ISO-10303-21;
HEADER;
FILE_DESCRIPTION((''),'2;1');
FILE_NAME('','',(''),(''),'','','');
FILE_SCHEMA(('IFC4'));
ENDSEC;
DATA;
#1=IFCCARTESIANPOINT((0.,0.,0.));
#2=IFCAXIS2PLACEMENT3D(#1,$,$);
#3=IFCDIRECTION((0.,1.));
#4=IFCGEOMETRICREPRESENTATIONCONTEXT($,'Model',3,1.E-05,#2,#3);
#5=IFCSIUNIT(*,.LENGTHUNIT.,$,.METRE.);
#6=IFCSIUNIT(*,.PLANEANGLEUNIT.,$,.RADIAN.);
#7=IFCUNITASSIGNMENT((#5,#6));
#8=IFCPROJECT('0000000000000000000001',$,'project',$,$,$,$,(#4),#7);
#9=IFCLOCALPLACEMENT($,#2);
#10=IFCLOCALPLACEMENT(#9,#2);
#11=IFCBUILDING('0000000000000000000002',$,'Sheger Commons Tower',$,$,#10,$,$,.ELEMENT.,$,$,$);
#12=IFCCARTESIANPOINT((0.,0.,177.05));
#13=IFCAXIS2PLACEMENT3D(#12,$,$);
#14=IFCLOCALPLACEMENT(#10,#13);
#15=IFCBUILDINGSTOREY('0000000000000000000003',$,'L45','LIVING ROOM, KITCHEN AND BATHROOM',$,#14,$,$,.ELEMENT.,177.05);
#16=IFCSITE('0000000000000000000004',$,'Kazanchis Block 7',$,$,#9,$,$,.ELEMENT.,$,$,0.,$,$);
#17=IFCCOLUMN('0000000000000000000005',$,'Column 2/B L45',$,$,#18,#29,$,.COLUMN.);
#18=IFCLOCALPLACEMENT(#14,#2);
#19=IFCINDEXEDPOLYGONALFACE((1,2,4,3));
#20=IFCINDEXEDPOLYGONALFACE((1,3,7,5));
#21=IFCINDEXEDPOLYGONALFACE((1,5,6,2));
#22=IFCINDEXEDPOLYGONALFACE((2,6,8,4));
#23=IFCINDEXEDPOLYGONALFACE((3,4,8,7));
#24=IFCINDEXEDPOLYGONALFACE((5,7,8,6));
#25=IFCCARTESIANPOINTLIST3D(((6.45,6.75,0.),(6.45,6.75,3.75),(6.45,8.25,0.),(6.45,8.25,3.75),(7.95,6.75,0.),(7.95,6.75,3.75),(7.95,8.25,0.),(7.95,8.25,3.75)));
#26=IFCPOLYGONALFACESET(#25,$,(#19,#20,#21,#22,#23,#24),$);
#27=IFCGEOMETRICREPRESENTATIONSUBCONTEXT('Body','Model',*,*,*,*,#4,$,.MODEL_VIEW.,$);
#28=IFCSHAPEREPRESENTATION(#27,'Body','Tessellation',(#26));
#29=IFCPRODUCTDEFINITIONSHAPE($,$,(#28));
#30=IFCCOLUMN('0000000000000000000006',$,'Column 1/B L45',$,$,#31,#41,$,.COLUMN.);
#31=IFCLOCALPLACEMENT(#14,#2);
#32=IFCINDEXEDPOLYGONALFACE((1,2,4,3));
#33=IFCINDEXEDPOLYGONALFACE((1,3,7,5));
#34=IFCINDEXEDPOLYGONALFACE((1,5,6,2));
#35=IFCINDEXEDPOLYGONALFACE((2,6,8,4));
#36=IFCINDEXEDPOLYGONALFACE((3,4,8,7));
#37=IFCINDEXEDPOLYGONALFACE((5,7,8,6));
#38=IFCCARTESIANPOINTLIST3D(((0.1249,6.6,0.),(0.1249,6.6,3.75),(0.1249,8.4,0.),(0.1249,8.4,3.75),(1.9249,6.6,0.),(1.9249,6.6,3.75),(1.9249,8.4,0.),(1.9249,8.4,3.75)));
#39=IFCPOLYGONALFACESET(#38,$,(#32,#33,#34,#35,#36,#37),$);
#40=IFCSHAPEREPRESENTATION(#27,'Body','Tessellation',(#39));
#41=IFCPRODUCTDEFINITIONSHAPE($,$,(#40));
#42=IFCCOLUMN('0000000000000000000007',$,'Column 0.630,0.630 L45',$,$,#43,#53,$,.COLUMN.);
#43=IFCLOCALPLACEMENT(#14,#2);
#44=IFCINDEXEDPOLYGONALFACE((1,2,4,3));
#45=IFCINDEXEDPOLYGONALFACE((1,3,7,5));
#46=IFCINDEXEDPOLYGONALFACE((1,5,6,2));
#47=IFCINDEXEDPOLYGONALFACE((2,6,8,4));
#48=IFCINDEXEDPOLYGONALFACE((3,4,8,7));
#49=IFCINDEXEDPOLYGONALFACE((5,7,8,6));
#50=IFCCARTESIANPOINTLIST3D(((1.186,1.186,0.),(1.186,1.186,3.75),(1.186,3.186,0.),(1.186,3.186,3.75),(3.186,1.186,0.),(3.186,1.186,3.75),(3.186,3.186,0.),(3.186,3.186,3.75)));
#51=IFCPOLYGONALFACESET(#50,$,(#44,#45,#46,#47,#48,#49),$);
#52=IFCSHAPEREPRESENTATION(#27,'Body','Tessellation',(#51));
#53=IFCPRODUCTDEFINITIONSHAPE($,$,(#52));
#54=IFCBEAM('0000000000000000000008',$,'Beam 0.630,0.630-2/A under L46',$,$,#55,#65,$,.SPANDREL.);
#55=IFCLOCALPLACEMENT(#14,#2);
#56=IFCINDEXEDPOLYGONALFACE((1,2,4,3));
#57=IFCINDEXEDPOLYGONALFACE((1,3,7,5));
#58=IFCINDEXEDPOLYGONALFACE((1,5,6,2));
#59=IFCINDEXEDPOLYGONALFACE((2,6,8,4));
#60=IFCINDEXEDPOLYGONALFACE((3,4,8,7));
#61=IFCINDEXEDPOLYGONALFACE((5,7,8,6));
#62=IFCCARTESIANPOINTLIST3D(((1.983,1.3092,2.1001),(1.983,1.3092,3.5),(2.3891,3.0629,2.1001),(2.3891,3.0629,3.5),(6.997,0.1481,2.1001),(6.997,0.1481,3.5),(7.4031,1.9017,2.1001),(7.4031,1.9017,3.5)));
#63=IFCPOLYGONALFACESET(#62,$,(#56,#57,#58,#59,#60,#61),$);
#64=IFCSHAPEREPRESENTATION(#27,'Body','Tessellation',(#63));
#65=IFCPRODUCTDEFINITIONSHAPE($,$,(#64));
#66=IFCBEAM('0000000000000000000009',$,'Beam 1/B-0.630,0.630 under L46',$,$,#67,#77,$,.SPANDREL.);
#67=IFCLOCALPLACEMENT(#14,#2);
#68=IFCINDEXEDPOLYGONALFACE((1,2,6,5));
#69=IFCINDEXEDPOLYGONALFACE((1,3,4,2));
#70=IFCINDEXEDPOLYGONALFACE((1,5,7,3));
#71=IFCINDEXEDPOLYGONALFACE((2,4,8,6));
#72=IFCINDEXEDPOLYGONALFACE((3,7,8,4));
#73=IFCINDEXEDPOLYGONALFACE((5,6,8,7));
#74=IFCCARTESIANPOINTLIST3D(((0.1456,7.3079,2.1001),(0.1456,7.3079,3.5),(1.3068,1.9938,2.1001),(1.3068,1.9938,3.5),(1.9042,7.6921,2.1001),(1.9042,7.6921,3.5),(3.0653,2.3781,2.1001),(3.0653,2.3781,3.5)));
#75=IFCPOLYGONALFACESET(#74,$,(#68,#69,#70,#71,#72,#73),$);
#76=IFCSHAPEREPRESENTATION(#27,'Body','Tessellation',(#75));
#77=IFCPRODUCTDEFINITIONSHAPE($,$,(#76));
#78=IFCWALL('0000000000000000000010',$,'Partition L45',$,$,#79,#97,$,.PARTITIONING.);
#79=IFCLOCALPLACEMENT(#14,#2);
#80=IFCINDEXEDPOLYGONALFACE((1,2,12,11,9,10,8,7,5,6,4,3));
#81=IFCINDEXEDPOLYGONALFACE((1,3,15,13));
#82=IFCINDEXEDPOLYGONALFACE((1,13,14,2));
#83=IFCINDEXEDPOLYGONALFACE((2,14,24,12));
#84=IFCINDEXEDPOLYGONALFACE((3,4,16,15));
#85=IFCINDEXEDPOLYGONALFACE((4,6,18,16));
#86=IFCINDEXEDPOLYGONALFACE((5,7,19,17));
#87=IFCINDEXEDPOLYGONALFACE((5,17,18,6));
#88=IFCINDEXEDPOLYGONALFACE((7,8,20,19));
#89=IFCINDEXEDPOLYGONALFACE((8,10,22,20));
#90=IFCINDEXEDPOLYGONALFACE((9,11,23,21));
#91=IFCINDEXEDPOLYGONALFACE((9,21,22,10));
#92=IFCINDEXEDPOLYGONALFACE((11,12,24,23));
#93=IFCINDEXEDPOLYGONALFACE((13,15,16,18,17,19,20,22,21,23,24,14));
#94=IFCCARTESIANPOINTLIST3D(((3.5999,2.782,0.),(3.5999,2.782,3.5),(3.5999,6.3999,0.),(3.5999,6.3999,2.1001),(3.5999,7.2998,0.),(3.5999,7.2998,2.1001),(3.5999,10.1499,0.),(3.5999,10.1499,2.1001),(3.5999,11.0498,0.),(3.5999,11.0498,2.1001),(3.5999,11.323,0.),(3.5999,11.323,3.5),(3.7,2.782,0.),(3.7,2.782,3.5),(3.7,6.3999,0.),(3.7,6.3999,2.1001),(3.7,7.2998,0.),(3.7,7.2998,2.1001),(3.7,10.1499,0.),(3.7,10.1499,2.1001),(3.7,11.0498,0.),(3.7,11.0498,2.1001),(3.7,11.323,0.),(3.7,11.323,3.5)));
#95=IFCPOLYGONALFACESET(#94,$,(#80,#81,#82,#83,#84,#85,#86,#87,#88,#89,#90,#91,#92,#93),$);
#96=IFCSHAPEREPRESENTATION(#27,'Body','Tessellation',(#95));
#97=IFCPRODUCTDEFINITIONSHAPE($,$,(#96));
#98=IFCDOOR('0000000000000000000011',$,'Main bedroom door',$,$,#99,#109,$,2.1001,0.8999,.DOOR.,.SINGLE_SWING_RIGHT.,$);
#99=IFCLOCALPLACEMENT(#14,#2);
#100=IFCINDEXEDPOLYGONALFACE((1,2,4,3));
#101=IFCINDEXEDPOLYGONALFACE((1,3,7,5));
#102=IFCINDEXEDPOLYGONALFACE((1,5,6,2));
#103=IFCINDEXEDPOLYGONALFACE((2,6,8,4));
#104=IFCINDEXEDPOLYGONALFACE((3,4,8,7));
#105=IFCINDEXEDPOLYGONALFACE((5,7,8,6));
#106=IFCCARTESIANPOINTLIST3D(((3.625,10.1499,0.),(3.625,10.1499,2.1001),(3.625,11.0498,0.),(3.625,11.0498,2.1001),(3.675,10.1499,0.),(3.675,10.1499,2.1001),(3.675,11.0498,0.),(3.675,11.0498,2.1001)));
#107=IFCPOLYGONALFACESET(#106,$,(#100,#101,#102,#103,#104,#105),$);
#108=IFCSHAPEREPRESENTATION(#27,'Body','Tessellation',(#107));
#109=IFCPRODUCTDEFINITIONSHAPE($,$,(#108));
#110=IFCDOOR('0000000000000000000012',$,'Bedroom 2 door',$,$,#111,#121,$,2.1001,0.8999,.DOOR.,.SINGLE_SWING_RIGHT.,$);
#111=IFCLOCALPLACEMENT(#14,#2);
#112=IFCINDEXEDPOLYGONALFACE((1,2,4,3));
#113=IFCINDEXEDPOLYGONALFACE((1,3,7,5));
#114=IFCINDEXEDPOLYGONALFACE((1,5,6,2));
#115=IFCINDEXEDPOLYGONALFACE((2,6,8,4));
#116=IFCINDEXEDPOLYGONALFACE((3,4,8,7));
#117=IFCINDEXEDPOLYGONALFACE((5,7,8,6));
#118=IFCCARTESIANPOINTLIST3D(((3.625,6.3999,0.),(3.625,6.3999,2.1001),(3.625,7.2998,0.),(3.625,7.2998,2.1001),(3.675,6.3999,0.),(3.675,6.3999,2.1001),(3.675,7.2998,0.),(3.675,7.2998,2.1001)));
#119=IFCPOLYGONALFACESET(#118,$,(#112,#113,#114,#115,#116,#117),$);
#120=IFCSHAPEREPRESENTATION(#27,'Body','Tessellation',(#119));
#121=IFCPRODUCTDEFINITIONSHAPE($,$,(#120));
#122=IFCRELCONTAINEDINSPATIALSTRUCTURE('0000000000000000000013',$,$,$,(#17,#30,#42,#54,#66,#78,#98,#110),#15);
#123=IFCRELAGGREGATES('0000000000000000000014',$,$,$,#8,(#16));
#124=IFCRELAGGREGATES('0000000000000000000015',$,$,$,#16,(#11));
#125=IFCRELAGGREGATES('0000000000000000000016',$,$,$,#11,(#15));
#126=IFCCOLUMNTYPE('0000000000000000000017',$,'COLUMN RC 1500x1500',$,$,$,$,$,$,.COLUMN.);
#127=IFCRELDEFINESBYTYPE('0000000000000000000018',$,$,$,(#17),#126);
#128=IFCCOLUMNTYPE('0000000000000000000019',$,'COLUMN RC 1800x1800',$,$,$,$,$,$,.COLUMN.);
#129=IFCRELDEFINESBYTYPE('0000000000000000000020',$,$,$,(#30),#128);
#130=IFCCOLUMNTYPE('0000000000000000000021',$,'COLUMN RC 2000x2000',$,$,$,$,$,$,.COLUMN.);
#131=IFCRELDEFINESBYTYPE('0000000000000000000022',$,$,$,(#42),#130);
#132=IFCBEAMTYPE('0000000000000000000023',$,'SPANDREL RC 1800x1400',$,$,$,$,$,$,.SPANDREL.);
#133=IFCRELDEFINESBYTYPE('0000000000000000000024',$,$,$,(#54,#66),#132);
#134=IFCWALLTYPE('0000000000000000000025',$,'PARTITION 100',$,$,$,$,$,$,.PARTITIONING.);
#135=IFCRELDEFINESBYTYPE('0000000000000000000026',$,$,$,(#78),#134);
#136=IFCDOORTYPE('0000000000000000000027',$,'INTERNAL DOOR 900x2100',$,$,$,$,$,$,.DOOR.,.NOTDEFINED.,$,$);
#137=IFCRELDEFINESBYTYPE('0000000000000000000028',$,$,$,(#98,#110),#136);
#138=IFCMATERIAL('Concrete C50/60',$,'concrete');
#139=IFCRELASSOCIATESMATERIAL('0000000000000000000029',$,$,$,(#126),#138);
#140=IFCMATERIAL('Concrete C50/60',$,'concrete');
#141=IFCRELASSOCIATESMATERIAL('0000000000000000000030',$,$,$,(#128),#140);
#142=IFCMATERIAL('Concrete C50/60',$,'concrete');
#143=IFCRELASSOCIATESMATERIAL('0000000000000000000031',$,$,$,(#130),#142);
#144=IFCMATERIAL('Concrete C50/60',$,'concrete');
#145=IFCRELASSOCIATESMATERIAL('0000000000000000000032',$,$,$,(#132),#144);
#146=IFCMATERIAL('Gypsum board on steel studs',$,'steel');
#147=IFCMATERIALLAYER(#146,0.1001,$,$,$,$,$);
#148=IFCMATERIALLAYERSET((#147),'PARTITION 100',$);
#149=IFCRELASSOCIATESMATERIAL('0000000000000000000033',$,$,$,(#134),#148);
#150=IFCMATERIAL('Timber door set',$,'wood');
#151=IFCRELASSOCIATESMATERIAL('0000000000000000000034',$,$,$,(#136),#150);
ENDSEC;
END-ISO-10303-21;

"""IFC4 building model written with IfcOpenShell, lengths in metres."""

from ifc_helpers import new_model, si_unit, direction, frame, frame_2d, origin, origin_2d, place, context, subcontext, project, spatial, rectangle, extrude, material, layer, layer_set, material_profile, profile_set, type_object, element, fill, save


model = new_model("IFC4")

# Units and contexts
model_context = context("Model", 3, precision=1e-05, world=origin(), true_north=direction((0.0, 1.0)))
body_context = subcontext(model_context, "Body", "Model", "MODEL_VIEW")
ifc_project = project(units=[si_unit("LENGTHUNIT", "METRE"), si_unit("PLANEANGLEUNIT", "RADIAN")], contexts=[model_context])

# Site, building, storey
site_placement = place(None, origin())
site = spatial("IfcSite", under=ifc_project, at=site_placement, Name="Kazanchis Block 7", CompositionType="ELEMENT", RefElevation=0.0)
building_placement = place(site_placement, origin())
building = spatial("IfcBuilding", under=site, at=building_placement, Name="Sheger Commons Tower", CompositionType="ELEMENT")
storey_placement = place(building_placement, frame((0.0, 0.0, 177.05)))
storey = spatial("IfcBuildingStorey", under=building, at=storey_placement, Name="L45", Description="LIVING ROOM, KITCHEN AND BATHROOM", CompositionType="ELEMENT", Elevation=177.05)

# Columns
ifc_material_1 = material(Name="Concrete C50/60", Category="concrete")
ifc_material_profile_1 = material_profile(ifc_material_1, rectangle(XDim=1.5, YDim=1.5, at=origin_2d()), Name="RC 1500x1500")
ifc_profile_set_1 = profile_set([ifc_material_profile_1], Name="Concrete C50/60")
column_type_1 = type_object("IfcColumnType", Name="COLUMN RC 1500x1500", PredefinedType="COLUMN", material=ifc_profile_set_1)
column_1_placement = place(storey_placement, frame((7.2, 7.5, 0.0), z_axis=(0.0, 0.0, 1.0), x_axis=(1.0, 0.0, 0.0)))
element("IfcColumn", 1, at=column_1_placement, inside=storey, type_object=column_type_1, Name="Column 2/B L45", PredefinedType="COLUMN", context=body_context, shape_type="SweptSolid", body=[
    extrude(rectangle(XDim=1.5, YDim=1.5, at=origin_2d()), origin(), (0.0, 0.0, 1.0), 3.75),
])
ifc_material_2 = material(Name="Concrete C50/60", Category="concrete")
ifc_material_profile_2 = material_profile(ifc_material_2, rectangle(XDim=1.8, YDim=1.8, at=origin_2d()), Name="RC 1800x1800")
ifc_profile_set_2 = profile_set([ifc_material_profile_2], Name="Concrete C50/60")
column_type_2 = type_object("IfcColumnType", Name="COLUMN RC 1800x1800", PredefinedType="COLUMN", material=ifc_profile_set_2)
column_2_placement = place(storey_placement, frame((1.0249, 7.5, 0.0), z_axis=(0.0, 0.0, 1.0), x_axis=(1.0, 0.0, 0.0)))
element("IfcColumn", 2, at=column_2_placement, inside=storey, type_object=column_type_2, Name="Column 1/B L45", PredefinedType="COLUMN", context=body_context, shape_type="SweptSolid", body=[
    extrude(rectangle(XDim=1.8, YDim=1.8, at=origin_2d()), origin(), (0.0, 0.0, 1.0), 3.75),
])
ifc_material_3 = material(Name="Concrete C50/60", Category="concrete")
ifc_material_profile_3 = material_profile(ifc_material_3, rectangle(XDim=2.0, YDim=2.0, at=origin_2d()), Name="RC 2000x2000")
ifc_profile_set_3 = profile_set([ifc_material_profile_3], Name="Concrete C50/60")
column_type_3 = type_object("IfcColumnType", Name="COLUMN RC 2000x2000", PredefinedType="COLUMN", material=ifc_profile_set_3)
column_3_placement = place(storey_placement, frame((2.186, 2.186, 0.0), z_axis=(0.0, 0.0, 1.0), x_axis=(1.0, 0.0, 0.0)))
element("IfcColumn", 3, at=column_3_placement, inside=storey, type_object=column_type_3, Name="Column 0.630,0.630 L45", PredefinedType="COLUMN", context=body_context, shape_type="SweptSolid", body=[
    extrude(rectangle(XDim=2.0, YDim=2.0, at=origin_2d()), origin(), (0.0, 0.0, 1.0), 3.75),
])

# Beams
ifc_material_4 = material(Name="Concrete C50/60", Category="concrete")
ifc_material_profile_4 = material_profile(ifc_material_4, rectangle(XDim=1.8, YDim=1.3999, at=origin_2d()), Name="RC 1800x1400")
ifc_profile_set_4 = profile_set([ifc_material_profile_4], Name="Concrete C50/60")
beam_type = type_object("IfcBeamType", Name="SPANDREL RC 1800x1400", PredefinedType="SPANDREL", material=ifc_profile_set_4)
beam_1_placement = place(storey_placement, frame((2.186, 2.186, 2.8), z_axis=(0.974217, -0.225611, 0.0), x_axis=(0.225611, 0.974217, 0.0)))
element("IfcBeam", 4, at=beam_1_placement, inside=storey, type_object=beam_type, Name="Beam 0.630,0.630-2/A under L46", PredefinedType="SPANDREL", context=body_context, shape_type="SweptSolid", body=[
    extrude(rectangle(XDim=1.8, YDim=1.3999, at=origin_2d()), origin(), (0.0, 0.0, 1.0), 5.1467),
])
beam_2_placement = place(storey_placement, frame((1.0249, 7.5, 2.8), z_axis=(0.213469, -0.97695, 0.0), x_axis=(0.97695, 0.213469, 0.0)))
element("IfcBeam", 5, at=beam_2_placement, inside=storey, type_object=beam_type, Name="Beam 1/B-0.630,0.630 under L46", PredefinedType="SPANDREL", context=body_context, shape_type="SweptSolid", body=[
    extrude(rectangle(XDim=1.8, YDim=1.3999, at=origin_2d()), origin(), (0.0, 0.0, 1.0), 5.4395),
])

# Wall, openings, doors
ifc_material_5 = material(Name="Gypsum board on steel studs", Category="steel")
ifc_layer = layer(ifc_material_5, 0.1001)
ifc_layer_set = layer_set([ifc_layer], Name="PARTITION 100")
wall_type = type_object("IfcWallType", Name="PARTITION 100", PredefinedType="PARTITIONING", material=ifc_layer_set)
wall_1_placement = place(storey_placement, frame((3.6499, 2.782, 0.0), z_axis=(0.0, 0.0, 1.0), x_axis=(0.0, 1.0, 0.0)))
wall_1 = element("IfcWall", 6, at=wall_1_placement, inside=storey, type_object=wall_type, Name="Partition L45", PredefinedType="PARTITIONING", context=body_context, shape_type="SweptSolid", body=[
    extrude(rectangle(XDim=8.541, YDim=0.1001, at=frame_2d((4.2705, 0.0))), origin(), (0.0, 0.0, 1.0), 3.5),
])
opening_1_placement = place(wall_1_placement, frame((7.3679, 0.0, 0.0)))
opening_1 = element("IfcOpeningElement", 7, at=opening_1_placement, cuts=wall_1, PredefinedType="OPENING", context=body_context, shape_type="SweptSolid", body=[
    extrude(rectangle(XDim=0.8999, YDim=2.1001, at=frame_2d((0.45, 1.05))), frame((0.0, 0.0601, 0.0), z_axis=(0.0, -1.0, 0.0), x_axis=(1.0, 0.0, 0.0)), (0.0, 0.0, 1.0), 0.1201),
])
opening_2_placement = place(wall_1_placement, frame((3.6179, 0.0, 0.0)))
opening_2 = element("IfcOpeningElement", 8, at=opening_2_placement, cuts=wall_1, PredefinedType="OPENING", context=body_context, shape_type="SweptSolid", body=[
    extrude(rectangle(XDim=0.8999, YDim=2.1001, at=frame_2d((0.45, 1.05))), frame((0.0, 0.0601, 0.0), z_axis=(0.0, -1.0, 0.0), x_axis=(1.0, 0.0, 0.0)), (0.0, 0.0, 1.0), 0.1201),
])
ifc_material_6 = material(Name="Timber door set", Category="wood")
door_type = type_object("IfcDoorType", Name="INTERNAL DOOR 900x2100", OperationType="NOTDEFINED", PredefinedType="DOOR", material=ifc_material_6)
door_1_placement = place(opening_1_placement, origin())
door_1 = element("IfcDoor", 9, at=door_1_placement, inside=storey, type_object=door_type, Name="Main bedroom door", OperationType="SINGLE_SWING_RIGHT", OverallHeight=2.1001, OverallWidth=0.8999, PredefinedType="DOOR", context=body_context, shape_type="SweptSolid", body=[
    extrude(rectangle(XDim=0.8999, YDim=2.1001, at=frame_2d((0.45, 1.05))), frame((0.0, 0.0249, 0.0), z_axis=(0.0, -1.0, 0.0), x_axis=(1.0, 0.0, 0.0)), (0.0, 0.0, 1.0), 0.05),
])
fill(opening_1, door_1)
door_2_placement = place(opening_2_placement, origin())
door_2 = element("IfcDoor", 10, at=door_2_placement, inside=storey, type_object=door_type, Name="Bedroom 2 door", OperationType="SINGLE_SWING_RIGHT", OverallHeight=2.1001, OverallWidth=0.8999, PredefinedType="DOOR", context=body_context, shape_type="SweptSolid", body=[
    extrude(rectangle(XDim=0.8999, YDim=2.1001, at=frame_2d((0.45, 1.05))), frame((0.0, 0.0249, 0.0), z_axis=(0.0, -1.0, 0.0), x_axis=(1.0, 0.0, 0.0)), (0.0, 0.0, 1.0), 0.05),
])
fill(opening_2, door_2)

save(model, "model.ifc")
